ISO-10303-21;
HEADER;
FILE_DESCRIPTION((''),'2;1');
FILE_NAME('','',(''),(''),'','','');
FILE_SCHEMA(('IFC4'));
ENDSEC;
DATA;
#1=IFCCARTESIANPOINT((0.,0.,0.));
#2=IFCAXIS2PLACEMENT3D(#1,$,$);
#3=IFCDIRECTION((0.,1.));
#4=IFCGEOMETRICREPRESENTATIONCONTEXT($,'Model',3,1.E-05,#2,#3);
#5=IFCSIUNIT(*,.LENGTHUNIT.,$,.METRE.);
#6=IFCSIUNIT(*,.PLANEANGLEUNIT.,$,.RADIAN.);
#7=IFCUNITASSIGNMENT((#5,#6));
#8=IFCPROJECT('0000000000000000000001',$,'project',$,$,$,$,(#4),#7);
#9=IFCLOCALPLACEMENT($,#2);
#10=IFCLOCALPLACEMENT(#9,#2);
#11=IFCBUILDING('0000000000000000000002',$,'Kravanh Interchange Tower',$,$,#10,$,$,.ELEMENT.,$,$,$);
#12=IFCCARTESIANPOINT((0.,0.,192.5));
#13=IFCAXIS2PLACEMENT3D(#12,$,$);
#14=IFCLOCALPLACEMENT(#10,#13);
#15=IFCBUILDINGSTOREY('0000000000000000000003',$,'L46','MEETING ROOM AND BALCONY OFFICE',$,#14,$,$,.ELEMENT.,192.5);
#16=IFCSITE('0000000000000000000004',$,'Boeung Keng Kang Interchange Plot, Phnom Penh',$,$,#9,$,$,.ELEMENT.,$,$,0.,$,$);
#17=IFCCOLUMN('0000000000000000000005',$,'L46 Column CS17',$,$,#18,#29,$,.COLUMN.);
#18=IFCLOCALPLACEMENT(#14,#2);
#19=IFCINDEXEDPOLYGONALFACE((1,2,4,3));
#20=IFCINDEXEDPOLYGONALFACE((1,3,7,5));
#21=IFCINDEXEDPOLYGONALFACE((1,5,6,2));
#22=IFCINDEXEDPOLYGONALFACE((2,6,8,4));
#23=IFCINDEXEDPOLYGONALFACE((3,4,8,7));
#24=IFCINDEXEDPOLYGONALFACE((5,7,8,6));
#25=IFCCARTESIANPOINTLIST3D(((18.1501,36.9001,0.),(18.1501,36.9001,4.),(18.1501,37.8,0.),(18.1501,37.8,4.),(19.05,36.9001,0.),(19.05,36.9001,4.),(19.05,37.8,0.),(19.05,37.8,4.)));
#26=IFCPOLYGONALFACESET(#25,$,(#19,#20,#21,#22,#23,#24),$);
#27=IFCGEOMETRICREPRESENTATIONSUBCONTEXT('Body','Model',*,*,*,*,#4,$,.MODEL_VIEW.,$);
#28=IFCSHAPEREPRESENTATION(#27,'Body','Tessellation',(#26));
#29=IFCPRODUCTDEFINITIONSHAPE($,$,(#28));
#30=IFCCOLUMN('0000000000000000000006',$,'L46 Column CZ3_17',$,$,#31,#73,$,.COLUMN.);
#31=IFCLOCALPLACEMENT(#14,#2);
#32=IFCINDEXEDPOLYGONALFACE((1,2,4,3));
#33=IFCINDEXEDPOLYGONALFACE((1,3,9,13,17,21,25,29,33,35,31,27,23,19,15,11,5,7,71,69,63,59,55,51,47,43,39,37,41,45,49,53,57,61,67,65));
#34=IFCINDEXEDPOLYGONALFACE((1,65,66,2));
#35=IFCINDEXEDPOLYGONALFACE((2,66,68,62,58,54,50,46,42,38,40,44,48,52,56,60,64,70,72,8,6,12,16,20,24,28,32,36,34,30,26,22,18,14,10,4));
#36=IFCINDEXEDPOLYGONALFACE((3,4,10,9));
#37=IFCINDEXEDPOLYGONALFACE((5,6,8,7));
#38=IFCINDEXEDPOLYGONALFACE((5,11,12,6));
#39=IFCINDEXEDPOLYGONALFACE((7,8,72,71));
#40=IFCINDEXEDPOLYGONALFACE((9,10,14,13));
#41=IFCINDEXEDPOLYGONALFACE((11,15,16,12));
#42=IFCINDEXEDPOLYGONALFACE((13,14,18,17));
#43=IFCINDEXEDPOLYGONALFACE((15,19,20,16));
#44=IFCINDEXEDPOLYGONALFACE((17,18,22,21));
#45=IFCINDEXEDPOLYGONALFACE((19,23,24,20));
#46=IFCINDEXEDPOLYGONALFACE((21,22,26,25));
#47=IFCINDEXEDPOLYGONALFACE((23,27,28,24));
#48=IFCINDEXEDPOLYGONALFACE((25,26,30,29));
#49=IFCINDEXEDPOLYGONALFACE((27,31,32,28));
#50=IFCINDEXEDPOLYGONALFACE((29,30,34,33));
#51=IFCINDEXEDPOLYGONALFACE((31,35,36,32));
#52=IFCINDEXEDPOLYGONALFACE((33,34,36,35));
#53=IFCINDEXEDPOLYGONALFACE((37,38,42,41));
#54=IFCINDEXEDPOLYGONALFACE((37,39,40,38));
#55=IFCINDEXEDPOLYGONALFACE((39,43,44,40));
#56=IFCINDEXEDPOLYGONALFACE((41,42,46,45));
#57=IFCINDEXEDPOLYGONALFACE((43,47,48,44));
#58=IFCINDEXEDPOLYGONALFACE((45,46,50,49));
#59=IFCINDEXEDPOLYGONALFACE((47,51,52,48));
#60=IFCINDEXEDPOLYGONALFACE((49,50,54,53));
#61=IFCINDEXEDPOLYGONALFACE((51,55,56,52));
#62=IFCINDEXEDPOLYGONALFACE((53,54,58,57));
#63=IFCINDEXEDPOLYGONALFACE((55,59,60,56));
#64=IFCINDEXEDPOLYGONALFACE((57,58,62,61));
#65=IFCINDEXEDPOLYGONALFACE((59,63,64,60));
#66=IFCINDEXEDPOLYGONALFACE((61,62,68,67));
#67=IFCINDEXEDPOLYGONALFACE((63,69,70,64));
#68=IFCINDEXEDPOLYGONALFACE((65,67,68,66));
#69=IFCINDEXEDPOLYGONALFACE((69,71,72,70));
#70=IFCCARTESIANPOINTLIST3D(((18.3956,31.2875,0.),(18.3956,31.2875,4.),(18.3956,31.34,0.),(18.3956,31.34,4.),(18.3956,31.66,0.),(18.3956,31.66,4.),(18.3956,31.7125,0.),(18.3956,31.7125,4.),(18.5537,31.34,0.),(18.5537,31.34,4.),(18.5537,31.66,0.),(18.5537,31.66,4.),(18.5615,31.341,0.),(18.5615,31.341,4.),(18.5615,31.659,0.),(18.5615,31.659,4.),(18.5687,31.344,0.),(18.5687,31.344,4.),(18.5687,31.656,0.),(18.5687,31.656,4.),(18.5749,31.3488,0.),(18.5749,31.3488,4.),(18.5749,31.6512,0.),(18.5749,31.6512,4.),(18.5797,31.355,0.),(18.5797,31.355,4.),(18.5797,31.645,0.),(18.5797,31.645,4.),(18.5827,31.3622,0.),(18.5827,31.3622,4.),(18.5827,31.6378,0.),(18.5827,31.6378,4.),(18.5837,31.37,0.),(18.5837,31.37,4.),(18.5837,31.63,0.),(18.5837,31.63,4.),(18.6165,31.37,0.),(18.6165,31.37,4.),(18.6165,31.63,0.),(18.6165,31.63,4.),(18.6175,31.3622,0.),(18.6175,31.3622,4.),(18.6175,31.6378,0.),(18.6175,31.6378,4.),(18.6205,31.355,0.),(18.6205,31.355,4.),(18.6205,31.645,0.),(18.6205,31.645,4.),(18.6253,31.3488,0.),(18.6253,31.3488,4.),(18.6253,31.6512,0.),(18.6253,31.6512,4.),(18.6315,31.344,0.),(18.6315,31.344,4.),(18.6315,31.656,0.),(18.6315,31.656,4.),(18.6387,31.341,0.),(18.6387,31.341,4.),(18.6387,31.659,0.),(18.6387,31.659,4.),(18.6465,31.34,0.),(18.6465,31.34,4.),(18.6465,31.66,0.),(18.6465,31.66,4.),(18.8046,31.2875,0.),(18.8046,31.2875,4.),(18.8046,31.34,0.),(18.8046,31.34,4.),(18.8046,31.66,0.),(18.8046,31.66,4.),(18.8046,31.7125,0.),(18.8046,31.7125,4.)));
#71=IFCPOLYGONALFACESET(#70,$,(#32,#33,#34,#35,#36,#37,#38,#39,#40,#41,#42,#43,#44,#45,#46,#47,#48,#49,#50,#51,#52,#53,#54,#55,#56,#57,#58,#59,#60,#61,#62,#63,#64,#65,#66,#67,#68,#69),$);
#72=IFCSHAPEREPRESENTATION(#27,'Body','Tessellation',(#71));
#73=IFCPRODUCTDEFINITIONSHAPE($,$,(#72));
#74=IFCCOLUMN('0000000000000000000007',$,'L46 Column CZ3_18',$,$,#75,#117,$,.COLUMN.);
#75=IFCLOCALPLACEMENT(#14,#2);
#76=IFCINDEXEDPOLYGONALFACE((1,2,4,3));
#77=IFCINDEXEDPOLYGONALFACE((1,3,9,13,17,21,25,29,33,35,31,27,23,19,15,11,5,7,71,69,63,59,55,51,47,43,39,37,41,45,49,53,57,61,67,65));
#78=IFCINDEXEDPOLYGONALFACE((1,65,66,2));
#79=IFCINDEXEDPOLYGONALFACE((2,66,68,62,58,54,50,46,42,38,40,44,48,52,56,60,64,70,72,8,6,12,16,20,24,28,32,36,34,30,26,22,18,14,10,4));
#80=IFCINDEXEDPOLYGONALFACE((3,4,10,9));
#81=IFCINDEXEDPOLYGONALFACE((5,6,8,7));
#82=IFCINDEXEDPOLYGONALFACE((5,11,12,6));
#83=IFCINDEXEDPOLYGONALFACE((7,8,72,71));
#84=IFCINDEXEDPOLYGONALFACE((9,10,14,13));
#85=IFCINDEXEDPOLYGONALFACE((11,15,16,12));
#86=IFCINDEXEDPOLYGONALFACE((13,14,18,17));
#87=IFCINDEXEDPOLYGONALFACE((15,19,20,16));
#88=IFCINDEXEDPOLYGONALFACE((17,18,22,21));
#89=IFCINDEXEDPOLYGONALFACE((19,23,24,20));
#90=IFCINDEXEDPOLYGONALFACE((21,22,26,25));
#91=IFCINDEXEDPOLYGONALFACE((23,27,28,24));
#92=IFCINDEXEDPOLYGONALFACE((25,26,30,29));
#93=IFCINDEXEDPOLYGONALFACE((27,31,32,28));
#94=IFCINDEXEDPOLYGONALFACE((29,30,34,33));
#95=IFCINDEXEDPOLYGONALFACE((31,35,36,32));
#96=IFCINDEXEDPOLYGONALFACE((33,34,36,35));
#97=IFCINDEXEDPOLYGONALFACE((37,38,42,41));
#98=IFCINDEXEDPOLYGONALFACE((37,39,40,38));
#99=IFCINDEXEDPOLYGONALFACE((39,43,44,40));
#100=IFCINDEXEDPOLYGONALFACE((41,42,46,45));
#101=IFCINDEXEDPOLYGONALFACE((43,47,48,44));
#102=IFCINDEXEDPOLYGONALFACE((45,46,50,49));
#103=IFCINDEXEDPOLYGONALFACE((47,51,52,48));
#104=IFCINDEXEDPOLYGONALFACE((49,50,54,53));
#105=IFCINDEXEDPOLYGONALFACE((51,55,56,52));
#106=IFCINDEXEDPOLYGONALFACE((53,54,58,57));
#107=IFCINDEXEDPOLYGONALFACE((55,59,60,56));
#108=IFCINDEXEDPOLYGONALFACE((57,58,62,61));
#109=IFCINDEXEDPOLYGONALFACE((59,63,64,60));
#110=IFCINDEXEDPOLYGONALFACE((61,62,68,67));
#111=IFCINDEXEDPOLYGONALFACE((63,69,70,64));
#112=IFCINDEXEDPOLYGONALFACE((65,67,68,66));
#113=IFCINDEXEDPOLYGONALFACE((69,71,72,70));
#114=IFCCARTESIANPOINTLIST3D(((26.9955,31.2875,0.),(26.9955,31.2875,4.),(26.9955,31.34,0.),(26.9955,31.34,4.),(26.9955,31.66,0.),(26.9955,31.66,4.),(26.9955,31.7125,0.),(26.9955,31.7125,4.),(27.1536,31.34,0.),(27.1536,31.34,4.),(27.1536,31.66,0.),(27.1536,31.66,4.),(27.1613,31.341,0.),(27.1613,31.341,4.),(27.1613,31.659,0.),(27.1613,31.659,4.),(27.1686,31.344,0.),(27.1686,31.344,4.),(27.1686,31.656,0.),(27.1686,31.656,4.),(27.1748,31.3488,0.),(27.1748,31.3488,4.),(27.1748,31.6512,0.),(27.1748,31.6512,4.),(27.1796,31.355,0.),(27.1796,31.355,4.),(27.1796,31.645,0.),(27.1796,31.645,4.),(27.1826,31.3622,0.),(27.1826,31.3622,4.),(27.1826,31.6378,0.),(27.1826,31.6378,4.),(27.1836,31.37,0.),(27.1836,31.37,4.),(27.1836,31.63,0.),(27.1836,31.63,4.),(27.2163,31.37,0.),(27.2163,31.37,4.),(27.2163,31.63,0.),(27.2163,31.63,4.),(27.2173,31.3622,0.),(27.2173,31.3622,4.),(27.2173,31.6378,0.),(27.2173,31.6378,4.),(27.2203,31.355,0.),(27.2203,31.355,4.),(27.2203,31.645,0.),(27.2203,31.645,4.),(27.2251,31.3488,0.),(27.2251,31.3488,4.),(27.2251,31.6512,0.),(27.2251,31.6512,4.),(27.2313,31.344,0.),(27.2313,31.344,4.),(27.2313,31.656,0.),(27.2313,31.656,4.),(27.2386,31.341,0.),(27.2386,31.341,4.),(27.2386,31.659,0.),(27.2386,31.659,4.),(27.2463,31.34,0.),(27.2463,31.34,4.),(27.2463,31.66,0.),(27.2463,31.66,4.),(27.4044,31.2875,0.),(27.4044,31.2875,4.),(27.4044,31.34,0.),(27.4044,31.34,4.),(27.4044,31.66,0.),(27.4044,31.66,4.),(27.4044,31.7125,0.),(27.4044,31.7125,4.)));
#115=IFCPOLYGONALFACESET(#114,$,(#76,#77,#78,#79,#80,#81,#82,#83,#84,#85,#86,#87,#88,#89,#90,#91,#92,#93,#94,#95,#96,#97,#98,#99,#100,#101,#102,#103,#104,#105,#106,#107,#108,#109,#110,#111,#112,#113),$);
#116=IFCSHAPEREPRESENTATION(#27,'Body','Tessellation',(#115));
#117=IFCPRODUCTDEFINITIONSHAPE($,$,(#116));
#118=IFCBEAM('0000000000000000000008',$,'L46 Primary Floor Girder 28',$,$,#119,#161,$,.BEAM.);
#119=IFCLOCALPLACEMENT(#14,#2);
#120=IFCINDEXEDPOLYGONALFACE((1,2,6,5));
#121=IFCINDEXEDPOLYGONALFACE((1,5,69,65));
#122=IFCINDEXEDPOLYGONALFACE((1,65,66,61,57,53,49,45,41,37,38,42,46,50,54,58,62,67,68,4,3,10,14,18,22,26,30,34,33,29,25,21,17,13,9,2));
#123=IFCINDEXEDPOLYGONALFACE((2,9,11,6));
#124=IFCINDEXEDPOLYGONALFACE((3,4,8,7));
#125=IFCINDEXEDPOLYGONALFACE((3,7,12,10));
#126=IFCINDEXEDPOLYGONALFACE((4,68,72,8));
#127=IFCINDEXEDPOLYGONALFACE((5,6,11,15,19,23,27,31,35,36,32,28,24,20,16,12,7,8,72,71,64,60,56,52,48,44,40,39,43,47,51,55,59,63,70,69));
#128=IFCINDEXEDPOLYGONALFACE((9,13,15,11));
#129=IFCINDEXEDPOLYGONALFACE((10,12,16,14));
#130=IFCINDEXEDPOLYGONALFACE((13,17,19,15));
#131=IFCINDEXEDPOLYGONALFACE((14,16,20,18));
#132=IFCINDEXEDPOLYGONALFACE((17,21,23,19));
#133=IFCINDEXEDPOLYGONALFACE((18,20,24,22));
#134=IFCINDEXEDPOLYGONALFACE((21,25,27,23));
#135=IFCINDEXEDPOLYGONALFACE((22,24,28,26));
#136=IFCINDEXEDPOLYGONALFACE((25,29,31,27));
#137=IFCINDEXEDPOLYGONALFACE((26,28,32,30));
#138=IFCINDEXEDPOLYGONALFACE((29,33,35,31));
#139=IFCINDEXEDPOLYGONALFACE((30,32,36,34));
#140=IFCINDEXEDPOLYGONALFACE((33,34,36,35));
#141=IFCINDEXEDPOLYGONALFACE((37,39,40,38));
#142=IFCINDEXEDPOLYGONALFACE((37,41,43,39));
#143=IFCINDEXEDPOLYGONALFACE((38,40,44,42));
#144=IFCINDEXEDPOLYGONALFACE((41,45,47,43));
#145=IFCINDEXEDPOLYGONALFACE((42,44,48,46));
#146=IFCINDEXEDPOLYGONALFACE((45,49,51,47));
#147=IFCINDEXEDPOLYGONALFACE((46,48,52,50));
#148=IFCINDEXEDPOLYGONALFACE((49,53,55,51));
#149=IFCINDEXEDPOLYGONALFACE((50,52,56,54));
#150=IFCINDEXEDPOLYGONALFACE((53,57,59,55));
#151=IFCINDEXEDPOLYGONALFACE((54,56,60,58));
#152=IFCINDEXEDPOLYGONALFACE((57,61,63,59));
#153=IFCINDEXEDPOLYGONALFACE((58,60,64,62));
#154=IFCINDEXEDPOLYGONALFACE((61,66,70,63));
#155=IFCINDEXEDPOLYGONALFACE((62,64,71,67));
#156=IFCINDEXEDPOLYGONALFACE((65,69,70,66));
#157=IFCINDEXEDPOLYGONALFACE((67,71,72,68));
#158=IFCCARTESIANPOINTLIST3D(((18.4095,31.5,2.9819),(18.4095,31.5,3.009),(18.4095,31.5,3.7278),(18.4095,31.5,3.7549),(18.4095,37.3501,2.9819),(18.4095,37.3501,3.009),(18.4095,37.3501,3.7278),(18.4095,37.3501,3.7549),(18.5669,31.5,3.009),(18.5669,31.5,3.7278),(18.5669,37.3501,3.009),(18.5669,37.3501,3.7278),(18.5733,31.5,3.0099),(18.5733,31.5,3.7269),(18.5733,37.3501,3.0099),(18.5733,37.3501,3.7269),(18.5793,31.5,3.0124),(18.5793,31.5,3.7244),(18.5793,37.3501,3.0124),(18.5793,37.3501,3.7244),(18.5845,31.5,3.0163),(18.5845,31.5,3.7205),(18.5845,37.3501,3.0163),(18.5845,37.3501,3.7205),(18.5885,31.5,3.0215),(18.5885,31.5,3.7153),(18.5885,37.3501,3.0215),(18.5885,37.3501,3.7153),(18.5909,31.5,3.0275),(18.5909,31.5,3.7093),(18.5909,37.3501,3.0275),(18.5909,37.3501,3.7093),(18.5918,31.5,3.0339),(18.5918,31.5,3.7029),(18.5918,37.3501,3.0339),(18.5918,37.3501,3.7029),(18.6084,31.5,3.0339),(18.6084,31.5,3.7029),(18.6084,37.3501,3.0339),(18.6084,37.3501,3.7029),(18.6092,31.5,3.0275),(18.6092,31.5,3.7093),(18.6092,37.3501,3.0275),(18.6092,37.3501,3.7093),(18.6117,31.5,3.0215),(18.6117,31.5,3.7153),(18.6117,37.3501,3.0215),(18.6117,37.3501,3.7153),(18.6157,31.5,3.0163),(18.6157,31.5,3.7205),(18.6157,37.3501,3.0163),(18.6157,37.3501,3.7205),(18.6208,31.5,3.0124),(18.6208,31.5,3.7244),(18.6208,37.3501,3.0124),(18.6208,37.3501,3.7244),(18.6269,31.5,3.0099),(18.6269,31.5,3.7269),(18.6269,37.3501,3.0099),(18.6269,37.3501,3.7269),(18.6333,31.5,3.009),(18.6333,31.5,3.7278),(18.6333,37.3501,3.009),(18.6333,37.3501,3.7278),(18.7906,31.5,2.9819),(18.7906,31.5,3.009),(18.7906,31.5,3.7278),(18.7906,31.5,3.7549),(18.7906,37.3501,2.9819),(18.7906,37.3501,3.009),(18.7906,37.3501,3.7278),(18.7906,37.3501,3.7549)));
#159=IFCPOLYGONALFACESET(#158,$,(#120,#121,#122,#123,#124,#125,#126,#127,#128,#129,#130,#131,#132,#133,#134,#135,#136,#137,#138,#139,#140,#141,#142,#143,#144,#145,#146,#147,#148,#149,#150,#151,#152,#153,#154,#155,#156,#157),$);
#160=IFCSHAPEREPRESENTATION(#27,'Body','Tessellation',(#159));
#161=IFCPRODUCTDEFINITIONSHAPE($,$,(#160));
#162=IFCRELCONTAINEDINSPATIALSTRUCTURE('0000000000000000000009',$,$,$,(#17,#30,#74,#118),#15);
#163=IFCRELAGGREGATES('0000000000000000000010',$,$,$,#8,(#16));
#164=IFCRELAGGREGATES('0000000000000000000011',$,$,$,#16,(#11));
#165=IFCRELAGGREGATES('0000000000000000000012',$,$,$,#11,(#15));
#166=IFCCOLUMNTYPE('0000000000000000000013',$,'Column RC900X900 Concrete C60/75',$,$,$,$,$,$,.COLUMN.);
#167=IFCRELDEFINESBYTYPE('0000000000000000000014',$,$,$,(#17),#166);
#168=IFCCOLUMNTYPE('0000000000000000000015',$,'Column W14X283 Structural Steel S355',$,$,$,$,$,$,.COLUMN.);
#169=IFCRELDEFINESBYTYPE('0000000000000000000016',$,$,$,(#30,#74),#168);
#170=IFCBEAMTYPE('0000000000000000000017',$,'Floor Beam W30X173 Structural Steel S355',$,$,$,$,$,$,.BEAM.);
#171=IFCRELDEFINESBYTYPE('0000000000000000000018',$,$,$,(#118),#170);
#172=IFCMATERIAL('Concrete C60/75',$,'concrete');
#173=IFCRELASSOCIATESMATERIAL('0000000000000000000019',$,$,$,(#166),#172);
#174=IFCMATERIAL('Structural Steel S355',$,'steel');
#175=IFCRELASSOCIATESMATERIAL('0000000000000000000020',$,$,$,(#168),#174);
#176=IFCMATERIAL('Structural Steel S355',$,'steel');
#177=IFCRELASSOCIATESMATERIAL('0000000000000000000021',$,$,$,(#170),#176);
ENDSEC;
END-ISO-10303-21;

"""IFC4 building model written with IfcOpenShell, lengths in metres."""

from ifc_helpers import new_model, si_unit, direction, frame, origin, origin_2d, place, context, subcontext, project, spatial, rectangle, i_section, extrude, material, material_profile, profile_set, type_object, element, save


model = new_model("IFC4")

# Units and contexts
model_context = context("Model", 3, precision=1e-05, world=origin(), true_north=direction((0.0, 1.0)))
body_context = subcontext(model_context, "Body", "Model", "MODEL_VIEW")
ifc_project = project(units=[si_unit("LENGTHUNIT", "METRE"), si_unit("PLANEANGLEUNIT", "RADIAN")], contexts=[model_context])

# Site, building, storey
site_placement = place(None, origin())
site = spatial("IfcSite", under=ifc_project, at=site_placement, Name="Boeung Keng Kang Interchange Plot, Phnom Penh", CompositionType="ELEMENT", RefElevation=0.0)
building_placement = place(site_placement, origin())
building = spatial("IfcBuilding", under=site, at=building_placement, Name="Kravanh Interchange Tower", CompositionType="ELEMENT")
storey_placement = place(building_placement, frame((0.0, 0.0, 192.5)))
storey = spatial("IfcBuildingStorey", under=building, at=storey_placement, Name="L46", Description="MEETING ROOM AND BALCONY OFFICE", CompositionType="ELEMENT", Elevation=192.5)

# Columns
ifc_material_1 = material(Name="Concrete C60/75", Category="concrete")
ifc_material_profile_1 = material_profile(ifc_material_1, rectangle(XDim=0.8999, YDim=0.8999, at=origin_2d()), Name="RC900X900")
ifc_profile_set_1 = profile_set([ifc_material_profile_1], Name="Concrete C60/75")
column_type_1 = type_object("IfcColumnType", Name="Column RC900X900 Concrete C60/75", PredefinedType="COLUMN", material=ifc_profile_set_1)
column_placement = place(storey_placement, frame((18.6001, 37.3501, 0.0), z_axis=(0.0, 0.0, 1.0), x_axis=(1.0, 0.0, 0.0)))
element("IfcColumn", 1, at=column_placement, inside=storey, type_object=column_type_1, Name="L46 Column CS17", PredefinedType="COLUMN", context=body_context, shape_type="SweptSolid", body=[
    extrude(rectangle(XDim=0.8999, YDim=0.8999, at=origin_2d()), origin(), (0.0, 0.0, 1.0), 4.0),
])
ifc_material_2 = material(Name="Structural Steel S355", Category="steel")
ifc_material_profile_2 = material_profile(ifc_material_2, i_section(OverallWidth=0.4089, OverallDepth=0.425, WebThickness=0.0327, FlangeThickness=0.0525, FilletRadius=0.03, at=origin_2d()), Name="W14X283")
ifc_profile_set_2 = profile_set([ifc_material_profile_2], Name="Structural Steel S355")
column_type_2 = type_object("IfcColumnType", Name="Column W14X283 Structural Steel S355", PredefinedType="COLUMN", material=ifc_profile_set_2)
for number, where, z_axis, x_axis, name in (
    (2, (18.6001, 31.5, 0.0), (0.0, 0.0, 1.0), (1.0, 0.0, 0.0), "L46 Column CZ3_17"),
    (3, (27.2, 31.5, 0.0), (0.0, 0.0, 1.0), (1.0, 0.0, 0.0), "L46 Column CZ3_18"),
):
    element("IfcColumn", number, at=place(storey_placement, frame(where, z_axis=z_axis, x_axis=x_axis)), inside=storey, type_object=column_type_2, Name=name, PredefinedType="COLUMN", context=body_context, shape_type="SweptSolid", body=[
        extrude(i_section(OverallWidth=0.4089, OverallDepth=0.425, WebThickness=0.0327, FlangeThickness=0.0525, FilletRadius=0.03, at=origin_2d()), origin(), (0.0, 0.0, 1.0), 4.0),
    ])

# Beam
ifc_material_3 = material(Name="Structural Steel S355", Category="steel")
ifc_material_profile_3 = material_profile(ifc_material_3, i_section(OverallWidth=0.3811, OverallDepth=0.7729, WebThickness=0.0166, FlangeThickness=0.0271, FilletRadius=0.0249, at=origin_2d()), Name="W30X173")
ifc_profile_set_3 = profile_set([ifc_material_profile_3], Name="Structural Steel S355")
beam_type_1 = type_object("IfcBeamType", Name="Floor Beam W30X173 Structural Steel S355", PredefinedType="BEAM", material=ifc_profile_set_3)
beam_1_placement = place(storey_placement, frame((18.6001, 37.3501, 3.3684), z_axis=(0.0, -1.0, 0.0), x_axis=(1.0, 0.0, 0.0)))
element("IfcBeam", 4, at=beam_1_placement, inside=storey, type_object=beam_type_1, Name="L46 Primary Floor Girder 28", PredefinedType="BEAM", context=body_context, shape_type="SweptSolid", body=[
    extrude(i_section(OverallWidth=0.3811, OverallDepth=0.7729, WebThickness=0.0166, FlangeThickness=0.0271, FilletRadius=0.0249, at=origin_2d()), origin(), (0.0, 0.0, 1.0), 5.8501),
])

save(model, "model.ifc")
